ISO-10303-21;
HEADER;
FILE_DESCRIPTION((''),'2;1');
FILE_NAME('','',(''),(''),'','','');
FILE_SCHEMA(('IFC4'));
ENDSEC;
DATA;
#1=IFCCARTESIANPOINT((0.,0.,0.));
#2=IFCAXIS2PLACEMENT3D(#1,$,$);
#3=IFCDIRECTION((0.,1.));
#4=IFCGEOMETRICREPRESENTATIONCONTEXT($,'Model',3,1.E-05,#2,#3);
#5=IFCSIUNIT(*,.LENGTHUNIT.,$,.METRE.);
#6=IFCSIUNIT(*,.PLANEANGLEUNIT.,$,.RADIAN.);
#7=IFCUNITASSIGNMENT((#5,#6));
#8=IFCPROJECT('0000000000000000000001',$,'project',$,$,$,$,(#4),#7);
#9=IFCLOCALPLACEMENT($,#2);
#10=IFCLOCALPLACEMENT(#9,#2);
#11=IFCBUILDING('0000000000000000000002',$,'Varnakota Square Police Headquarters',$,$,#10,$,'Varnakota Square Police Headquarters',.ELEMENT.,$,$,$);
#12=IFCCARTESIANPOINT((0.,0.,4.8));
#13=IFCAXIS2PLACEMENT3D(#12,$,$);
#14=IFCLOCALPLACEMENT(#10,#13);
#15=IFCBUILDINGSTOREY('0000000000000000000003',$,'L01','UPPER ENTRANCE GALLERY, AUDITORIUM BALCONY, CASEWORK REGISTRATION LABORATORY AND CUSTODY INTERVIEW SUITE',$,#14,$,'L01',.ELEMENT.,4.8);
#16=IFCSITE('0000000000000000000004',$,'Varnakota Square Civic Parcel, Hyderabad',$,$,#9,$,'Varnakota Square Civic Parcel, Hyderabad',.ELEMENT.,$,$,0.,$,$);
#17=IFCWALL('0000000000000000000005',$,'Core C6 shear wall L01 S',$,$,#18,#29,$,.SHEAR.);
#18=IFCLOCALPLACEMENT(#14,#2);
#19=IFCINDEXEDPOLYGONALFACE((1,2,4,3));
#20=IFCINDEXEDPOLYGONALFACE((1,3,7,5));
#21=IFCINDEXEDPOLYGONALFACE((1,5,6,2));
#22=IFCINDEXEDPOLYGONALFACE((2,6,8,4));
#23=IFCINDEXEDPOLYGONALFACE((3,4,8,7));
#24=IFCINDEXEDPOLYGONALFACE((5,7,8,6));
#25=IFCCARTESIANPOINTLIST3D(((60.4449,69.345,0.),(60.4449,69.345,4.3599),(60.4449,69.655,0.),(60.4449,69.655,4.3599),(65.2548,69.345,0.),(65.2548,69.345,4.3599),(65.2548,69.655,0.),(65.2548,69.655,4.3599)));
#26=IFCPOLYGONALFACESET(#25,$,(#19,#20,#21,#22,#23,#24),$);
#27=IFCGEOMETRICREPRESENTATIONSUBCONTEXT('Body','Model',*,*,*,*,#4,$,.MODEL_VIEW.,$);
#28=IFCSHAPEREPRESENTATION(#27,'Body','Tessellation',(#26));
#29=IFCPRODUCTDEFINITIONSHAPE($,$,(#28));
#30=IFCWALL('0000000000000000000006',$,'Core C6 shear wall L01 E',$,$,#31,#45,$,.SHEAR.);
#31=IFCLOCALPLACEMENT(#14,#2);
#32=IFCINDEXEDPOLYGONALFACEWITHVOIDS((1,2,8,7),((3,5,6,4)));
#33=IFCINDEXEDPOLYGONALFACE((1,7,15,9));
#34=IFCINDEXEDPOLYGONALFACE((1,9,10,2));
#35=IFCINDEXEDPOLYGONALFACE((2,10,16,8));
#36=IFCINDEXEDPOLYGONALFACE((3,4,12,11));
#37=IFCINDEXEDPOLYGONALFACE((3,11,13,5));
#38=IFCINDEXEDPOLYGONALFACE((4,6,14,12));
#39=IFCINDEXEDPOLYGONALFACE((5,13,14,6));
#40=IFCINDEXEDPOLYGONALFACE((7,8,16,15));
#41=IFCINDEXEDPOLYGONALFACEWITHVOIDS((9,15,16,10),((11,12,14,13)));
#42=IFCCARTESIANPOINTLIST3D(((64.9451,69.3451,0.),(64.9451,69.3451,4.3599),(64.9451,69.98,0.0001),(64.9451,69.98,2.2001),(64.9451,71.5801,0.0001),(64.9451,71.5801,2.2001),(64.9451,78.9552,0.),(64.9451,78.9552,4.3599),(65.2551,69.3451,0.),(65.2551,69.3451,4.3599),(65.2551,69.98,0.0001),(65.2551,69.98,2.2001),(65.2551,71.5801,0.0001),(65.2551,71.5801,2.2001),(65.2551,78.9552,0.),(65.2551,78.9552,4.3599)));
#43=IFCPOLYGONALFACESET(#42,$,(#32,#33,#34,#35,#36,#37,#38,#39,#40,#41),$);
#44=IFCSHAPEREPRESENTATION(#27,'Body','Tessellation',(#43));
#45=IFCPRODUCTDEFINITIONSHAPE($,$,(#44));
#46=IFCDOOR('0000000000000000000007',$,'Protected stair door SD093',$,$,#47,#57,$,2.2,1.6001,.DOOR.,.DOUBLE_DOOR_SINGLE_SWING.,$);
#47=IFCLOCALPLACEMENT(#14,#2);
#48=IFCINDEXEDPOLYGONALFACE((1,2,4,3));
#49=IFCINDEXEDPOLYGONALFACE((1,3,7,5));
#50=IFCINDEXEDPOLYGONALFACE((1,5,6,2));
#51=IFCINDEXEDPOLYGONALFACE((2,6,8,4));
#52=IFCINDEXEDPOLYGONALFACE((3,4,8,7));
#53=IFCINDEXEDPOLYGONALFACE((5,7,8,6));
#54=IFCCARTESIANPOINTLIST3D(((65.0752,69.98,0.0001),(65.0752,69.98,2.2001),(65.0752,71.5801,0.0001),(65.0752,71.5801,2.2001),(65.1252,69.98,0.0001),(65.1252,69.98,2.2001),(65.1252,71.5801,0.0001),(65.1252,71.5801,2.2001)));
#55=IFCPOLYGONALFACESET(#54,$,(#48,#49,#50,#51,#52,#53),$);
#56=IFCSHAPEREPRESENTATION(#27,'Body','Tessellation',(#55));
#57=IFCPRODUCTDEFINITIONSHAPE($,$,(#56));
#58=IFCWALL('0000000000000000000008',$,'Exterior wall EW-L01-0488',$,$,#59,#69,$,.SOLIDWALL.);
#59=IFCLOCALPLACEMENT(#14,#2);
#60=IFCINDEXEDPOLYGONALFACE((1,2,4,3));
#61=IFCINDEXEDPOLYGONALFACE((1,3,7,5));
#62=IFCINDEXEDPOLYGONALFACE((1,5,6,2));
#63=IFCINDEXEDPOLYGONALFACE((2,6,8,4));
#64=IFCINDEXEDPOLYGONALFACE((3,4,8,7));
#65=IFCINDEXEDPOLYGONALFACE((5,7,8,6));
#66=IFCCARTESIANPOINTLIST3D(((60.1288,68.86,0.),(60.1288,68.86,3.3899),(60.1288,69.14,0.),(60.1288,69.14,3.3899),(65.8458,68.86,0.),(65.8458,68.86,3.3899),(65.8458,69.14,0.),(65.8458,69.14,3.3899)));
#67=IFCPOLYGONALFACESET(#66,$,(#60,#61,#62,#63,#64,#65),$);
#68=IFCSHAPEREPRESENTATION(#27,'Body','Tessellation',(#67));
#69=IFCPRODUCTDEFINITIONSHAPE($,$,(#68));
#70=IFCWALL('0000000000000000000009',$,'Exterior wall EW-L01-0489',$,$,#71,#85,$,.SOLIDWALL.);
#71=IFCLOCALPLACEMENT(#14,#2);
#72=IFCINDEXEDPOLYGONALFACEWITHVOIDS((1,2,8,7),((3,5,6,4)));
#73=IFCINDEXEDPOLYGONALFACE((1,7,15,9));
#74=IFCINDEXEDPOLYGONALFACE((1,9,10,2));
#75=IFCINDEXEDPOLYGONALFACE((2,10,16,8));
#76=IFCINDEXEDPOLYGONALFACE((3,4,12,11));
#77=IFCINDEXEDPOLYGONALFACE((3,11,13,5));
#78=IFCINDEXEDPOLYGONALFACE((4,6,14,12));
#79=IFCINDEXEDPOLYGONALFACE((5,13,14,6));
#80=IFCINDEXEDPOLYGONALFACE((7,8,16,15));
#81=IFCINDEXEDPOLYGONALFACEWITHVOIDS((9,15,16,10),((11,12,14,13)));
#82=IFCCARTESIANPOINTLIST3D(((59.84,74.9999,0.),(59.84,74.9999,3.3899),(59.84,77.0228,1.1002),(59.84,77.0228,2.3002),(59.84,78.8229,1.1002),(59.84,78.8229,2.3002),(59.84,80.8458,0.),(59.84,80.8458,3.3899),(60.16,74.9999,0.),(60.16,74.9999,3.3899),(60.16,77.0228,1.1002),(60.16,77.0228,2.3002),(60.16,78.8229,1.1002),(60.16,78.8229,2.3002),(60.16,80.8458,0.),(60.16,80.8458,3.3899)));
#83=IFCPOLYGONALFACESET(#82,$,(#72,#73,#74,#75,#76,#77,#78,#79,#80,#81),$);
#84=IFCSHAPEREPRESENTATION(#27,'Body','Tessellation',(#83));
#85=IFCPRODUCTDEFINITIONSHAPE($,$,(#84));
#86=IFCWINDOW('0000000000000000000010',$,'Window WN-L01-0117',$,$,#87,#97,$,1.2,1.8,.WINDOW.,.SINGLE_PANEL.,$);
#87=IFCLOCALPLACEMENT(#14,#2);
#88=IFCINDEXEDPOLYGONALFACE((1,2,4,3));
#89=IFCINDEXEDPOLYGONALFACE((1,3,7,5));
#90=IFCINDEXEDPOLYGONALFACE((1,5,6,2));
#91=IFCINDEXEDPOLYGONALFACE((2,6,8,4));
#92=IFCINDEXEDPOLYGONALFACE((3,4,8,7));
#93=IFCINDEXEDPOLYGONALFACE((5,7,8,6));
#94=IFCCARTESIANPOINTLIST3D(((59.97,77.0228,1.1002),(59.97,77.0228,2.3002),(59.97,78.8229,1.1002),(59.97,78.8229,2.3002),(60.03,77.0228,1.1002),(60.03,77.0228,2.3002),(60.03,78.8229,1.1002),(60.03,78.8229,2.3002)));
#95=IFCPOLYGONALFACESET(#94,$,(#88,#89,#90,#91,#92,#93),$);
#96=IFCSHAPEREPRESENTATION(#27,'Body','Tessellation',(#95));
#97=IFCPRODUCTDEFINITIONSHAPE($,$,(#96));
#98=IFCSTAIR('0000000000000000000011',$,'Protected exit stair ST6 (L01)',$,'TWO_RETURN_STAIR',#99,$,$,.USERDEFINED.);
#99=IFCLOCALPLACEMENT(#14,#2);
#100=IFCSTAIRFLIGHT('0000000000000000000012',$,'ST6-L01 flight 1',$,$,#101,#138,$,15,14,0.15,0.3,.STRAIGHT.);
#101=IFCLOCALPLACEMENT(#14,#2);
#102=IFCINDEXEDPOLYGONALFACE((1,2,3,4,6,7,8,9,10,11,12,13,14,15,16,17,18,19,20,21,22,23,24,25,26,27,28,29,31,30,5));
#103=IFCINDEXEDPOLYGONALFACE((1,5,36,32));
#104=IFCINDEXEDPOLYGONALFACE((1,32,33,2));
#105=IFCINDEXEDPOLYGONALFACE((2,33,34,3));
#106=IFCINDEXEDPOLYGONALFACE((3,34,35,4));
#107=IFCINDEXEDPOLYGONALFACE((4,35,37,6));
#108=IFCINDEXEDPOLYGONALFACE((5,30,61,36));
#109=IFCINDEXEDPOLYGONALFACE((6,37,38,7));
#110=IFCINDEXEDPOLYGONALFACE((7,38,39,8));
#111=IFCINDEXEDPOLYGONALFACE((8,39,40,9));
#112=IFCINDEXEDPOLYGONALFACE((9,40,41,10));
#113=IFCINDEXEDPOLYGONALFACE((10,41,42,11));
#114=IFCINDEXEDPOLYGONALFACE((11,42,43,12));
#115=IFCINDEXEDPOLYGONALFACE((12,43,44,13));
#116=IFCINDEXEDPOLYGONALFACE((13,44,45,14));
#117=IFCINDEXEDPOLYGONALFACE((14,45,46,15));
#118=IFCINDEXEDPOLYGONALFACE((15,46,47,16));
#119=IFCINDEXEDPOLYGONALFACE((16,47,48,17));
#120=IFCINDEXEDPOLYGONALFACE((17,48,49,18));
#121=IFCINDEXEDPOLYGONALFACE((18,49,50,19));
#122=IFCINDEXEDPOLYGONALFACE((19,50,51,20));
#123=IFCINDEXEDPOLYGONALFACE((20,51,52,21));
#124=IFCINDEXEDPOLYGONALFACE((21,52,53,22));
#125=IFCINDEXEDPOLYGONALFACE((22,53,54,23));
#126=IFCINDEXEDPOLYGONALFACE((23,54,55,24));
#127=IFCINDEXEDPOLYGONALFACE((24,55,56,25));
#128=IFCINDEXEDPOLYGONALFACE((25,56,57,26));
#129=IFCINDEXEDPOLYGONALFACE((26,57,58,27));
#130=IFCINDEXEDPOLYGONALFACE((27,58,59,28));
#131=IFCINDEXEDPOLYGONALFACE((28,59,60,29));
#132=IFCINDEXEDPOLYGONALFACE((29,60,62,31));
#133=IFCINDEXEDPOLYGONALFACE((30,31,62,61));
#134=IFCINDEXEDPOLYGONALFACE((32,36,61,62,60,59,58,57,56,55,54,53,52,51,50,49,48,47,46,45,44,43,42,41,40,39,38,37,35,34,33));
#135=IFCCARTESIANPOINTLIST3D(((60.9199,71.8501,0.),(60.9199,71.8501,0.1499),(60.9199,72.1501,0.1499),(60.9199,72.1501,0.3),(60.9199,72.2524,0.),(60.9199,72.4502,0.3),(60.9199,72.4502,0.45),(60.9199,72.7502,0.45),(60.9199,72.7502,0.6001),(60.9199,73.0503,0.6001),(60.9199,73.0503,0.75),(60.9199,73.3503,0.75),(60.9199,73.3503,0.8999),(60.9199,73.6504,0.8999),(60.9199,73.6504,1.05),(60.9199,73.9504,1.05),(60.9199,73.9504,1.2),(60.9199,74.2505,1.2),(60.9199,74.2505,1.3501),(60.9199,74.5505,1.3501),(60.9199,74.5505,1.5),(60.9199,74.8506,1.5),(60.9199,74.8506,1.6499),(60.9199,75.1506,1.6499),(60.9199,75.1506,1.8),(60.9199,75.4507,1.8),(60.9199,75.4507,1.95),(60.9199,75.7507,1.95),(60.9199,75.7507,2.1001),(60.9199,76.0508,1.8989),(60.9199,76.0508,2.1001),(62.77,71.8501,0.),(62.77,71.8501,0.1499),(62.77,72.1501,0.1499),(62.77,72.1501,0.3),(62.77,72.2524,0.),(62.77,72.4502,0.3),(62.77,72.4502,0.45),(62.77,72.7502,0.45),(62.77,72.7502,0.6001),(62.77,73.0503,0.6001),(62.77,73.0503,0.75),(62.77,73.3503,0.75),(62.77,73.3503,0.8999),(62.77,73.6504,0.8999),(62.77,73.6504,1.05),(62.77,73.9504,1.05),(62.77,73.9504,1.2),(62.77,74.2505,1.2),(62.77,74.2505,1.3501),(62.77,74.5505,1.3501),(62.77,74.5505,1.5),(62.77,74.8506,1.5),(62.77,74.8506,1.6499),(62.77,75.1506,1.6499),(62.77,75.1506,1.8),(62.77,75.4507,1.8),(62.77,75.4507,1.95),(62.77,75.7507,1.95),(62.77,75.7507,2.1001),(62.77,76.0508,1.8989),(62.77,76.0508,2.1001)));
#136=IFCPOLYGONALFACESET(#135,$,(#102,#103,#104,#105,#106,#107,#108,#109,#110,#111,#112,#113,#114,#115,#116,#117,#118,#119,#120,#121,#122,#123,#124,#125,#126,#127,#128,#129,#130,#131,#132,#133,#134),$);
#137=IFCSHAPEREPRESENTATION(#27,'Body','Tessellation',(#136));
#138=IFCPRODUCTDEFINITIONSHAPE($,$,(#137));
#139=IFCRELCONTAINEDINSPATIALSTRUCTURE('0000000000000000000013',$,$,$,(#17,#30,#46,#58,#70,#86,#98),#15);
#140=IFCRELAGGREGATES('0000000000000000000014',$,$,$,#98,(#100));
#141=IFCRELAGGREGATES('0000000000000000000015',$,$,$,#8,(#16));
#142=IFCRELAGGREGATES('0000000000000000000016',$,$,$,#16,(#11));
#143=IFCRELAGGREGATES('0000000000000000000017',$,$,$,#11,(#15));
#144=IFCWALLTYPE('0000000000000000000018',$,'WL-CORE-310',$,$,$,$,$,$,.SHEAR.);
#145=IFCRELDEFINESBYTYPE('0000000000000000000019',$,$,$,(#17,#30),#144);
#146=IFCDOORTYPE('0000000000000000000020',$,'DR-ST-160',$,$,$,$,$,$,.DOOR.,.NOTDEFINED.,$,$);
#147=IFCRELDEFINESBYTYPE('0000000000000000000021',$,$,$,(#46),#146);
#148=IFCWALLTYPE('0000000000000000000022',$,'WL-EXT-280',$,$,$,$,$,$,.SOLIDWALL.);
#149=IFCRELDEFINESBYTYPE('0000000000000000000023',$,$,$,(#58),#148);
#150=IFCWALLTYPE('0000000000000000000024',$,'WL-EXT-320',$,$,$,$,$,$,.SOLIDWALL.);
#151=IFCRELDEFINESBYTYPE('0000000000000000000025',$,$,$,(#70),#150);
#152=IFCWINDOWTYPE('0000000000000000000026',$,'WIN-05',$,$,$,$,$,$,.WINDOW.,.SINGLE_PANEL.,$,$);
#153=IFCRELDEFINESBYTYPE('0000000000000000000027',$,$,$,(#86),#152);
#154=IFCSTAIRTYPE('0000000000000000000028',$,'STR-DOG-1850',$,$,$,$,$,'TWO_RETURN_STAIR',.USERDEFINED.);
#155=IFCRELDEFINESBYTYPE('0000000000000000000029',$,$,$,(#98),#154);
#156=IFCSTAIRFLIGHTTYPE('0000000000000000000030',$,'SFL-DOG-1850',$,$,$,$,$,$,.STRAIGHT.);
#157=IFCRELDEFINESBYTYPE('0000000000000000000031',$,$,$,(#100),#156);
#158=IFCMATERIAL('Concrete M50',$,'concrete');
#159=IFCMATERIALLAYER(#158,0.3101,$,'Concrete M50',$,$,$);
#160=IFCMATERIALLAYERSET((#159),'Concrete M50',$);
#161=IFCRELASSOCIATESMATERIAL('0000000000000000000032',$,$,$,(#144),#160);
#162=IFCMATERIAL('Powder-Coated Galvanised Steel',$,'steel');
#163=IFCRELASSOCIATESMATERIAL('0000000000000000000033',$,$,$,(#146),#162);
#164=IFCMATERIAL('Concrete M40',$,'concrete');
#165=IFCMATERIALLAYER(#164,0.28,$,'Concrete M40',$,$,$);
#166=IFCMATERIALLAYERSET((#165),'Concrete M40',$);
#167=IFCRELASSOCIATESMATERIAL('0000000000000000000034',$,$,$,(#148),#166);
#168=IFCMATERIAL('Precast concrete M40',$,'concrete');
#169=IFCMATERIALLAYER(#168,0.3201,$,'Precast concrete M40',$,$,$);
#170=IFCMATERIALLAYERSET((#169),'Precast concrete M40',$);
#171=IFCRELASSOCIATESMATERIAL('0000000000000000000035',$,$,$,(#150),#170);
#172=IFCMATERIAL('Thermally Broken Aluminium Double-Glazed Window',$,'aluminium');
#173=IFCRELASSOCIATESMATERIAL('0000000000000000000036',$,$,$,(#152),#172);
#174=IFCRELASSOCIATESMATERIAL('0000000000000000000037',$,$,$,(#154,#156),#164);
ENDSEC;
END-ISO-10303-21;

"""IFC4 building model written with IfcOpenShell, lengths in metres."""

from ifc_helpers import new_model, si_unit, direction, frame, frame_2d, origin, place, context, subcontext, project, spatial, polyline, rectangle, outline, extrude, material, layer, layer_set, type_object, element, fill, aggregate, save


model = new_model("IFC4")

# Units and contexts
model_context = context("Model", 3, precision=1e-05, world=origin(), true_north=direction((0.0, 1.0)))
body_context = subcontext(model_context, "Body", "Model", "MODEL_VIEW")
ifc_project = project(units=[si_unit("LENGTHUNIT", "METRE"), si_unit("PLANEANGLEUNIT", "RADIAN")], contexts=[model_context])

# Site, building, storey
site_placement = place(None, origin())
site = spatial("IfcSite", under=ifc_project, at=site_placement, Name="Varnakota Square Civic Parcel, Hyderabad", LongName="Varnakota Square Civic Parcel, Hyderabad", CompositionType="ELEMENT", RefElevation=0.0)
building_placement = place(site_placement, origin())
building = spatial("IfcBuilding", under=site, at=building_placement, Name="Varnakota Square Police Headquarters", LongName="Varnakota Square Police Headquarters", CompositionType="ELEMENT")
storey_placement = place(building_placement, frame((0.0, 0.0, 4.8)))
storey = spatial("IfcBuildingStorey", under=building, at=storey_placement, Name="L01", Description="UPPER ENTRANCE GALLERY, AUDITORIUM BALCONY, CASEWORK REGISTRATION LABORATORY AND CUSTODY INTERVIEW SUITE", LongName="L01", CompositionType="ELEMENT", Elevation=4.8)

# Wall
ifc_material_1 = material(Name="Concrete M50", Category="concrete")
ifc_layer_1 = layer(ifc_material_1, 0.3101, Name="Concrete M50")
ifc_layer_set_1 = layer_set([ifc_layer_1], Name="Concrete M50")
wall_type_1 = type_object("IfcWallType", Name="WL-CORE-310", PredefinedType="SHEAR", material=ifc_layer_set_1)
wall_1_placement = place(storey_placement, frame((60.4451, 69.5, 0.0), z_axis=(0.0, 0.0, 1.0), x_axis=(1.0, 0.0, 0.0)))
element("IfcWall", 1, at=wall_1_placement, inside=storey, type_object=wall_type_1, Name="Core C6 shear wall L01 S", PredefinedType="SHEAR", context=body_context, shape_type="SweptSolid", body=[
    extrude(rectangle(XDim=4.8098, YDim=0.3101, at=frame_2d((2.4048, 0.0))), origin(), (0.0, 0.0, 1.0), 4.3599),
])

# Wall, opening, door
wall_2_placement = place(storey_placement, frame((65.1001, 69.345, 0.0), z_axis=(0.0, 0.0, 1.0), x_axis=(0.0, 1.0, 0.0)))
wall_2 = element("IfcWall", 2, at=wall_2_placement, inside=storey, type_object=wall_type_1, Name="Core C6 shear wall L01 E", PredefinedType="SHEAR", context=body_context, shape_type="SweptSolid", body=[
    extrude(rectangle(XDim=9.6101, YDim=0.3101, at=frame_2d((4.8052, 0.0))), origin(), (0.0, 0.0, 1.0), 4.3599),
])
opening_1_placement = place(wall_2_placement, frame((0.635, 0.0, 0.0)))
opening_1 = element("IfcOpeningElement", 3, at=opening_1_placement, cuts=wall_2, PredefinedType="OPENING", context=body_context, shape_type="SweptSolid", body=[
    extrude(rectangle(XDim=1.6001, YDim=2.2, at=frame_2d((0.8, 1.1001))), frame((0.0, 0.165, 0.0), z_axis=(0.0, -1.0, 0.0), x_axis=(1.0, 0.0, 0.0)), (0.0, 0.0, 1.0), 0.3301),
])
ifc_material_2 = material(Name="Powder-Coated Galvanised Steel", Category="steel")
door_type = type_object("IfcDoorType", Name="DR-ST-160", OperationType="NOTDEFINED", PredefinedType="DOOR", material=ifc_material_2)
door_placement = place(opening_1_placement, origin())
door = element("IfcDoor", 4, at=door_placement, inside=storey, type_object=door_type, Name="Protected stair door SD093", OperationType="DOUBLE_DOOR_SINGLE_SWING", OverallHeight=2.2, OverallWidth=1.6001, PredefinedType="DOOR", context=body_context, shape_type="SweptSolid", body=[
    extrude(rectangle(XDim=1.6001, YDim=2.2, at=frame_2d((0.8, 1.1001))), frame((0.0, 0.0249, 0.0), z_axis=(0.0, -1.0, 0.0), x_axis=(1.0, 0.0, 0.0)), (0.0, 0.0, 1.0), 0.05),
])
fill(opening_1, door)

# Wall
ifc_material_3 = material(Name="Concrete M40", Category="concrete")
ifc_layer_2 = layer(ifc_material_3, 0.28, Name="Concrete M40")
ifc_layer_set_2 = layer_set([ifc_layer_2], Name="Concrete M40")
wall_type_2 = type_object("IfcWallType", Name="WL-EXT-280", PredefinedType="SOLIDWALL", material=ifc_layer_set_2)
wall_3_placement = place(storey_placement, frame((60.1289, 69.0, 0.0), z_axis=(0.0, 0.0, 1.0), x_axis=(1.0, 0.0, 0.0)))
element("IfcWall", 5, at=wall_3_placement, inside=storey, type_object=wall_type_2, Name="Exterior wall EW-L01-0488", PredefinedType="SOLIDWALL", context=body_context, shape_type="SweptSolid", body=[
    extrude(rectangle(XDim=5.717, YDim=0.28, at=frame_2d((2.8584, 0.0))), origin(), (0.0, 0.0, 1.0), 3.3899),
])

# Wall, opening, window
ifc_material_4 = material(Name="Precast concrete M40", Category="concrete")
ifc_layer_3 = layer(ifc_material_4, 0.3201, Name="Precast concrete M40")
ifc_layer_set_3 = layer_set([ifc_layer_3], Name="Precast concrete M40")
wall_type_3 = type_object("IfcWallType", Name="WL-EXT-320", PredefinedType="SOLIDWALL", material=ifc_layer_set_3)
wall_4_placement = place(storey_placement, frame((60.0, 75.0, 0.0), z_axis=(0.0, 0.0, 1.0), x_axis=(0.0, 1.0, 0.0)))
wall_4 = element("IfcWall", 6, at=wall_4_placement, inside=storey, type_object=wall_type_3, Name="Exterior wall EW-L01-0489", PredefinedType="SOLIDWALL", context=body_context, shape_type="SweptSolid", body=[
    extrude(rectangle(XDim=5.8459, YDim=0.3201, at=frame_2d((2.9229, 0.0))), origin(), (0.0, 0.0, 1.0), 3.3899),
])
opening_2_placement = place(wall_4_placement, frame((2.0229, 0.0, 1.1001)))
opening_2 = element("IfcOpeningElement", 7, at=opening_2_placement, cuts=wall_4, PredefinedType="OPENING", context=body_context, shape_type="SweptSolid", body=[
    extrude(rectangle(XDim=1.8, YDim=1.2, at=frame_2d((0.8999, 0.6001))), frame((0.0, 0.1699, 0.0), z_axis=(0.0, -1.0, 0.0), x_axis=(1.0, 0.0, 0.0)), (0.0, 0.0, 1.0), 0.3401),
])
ifc_material_5 = material(Name="Thermally Broken Aluminium Double-Glazed Window", Category="aluminium")
window_type = type_object("IfcWindowType", Name="WIN-05", PartitioningType="SINGLE_PANEL", PredefinedType="WINDOW", material=ifc_material_5)
window_placement = place(opening_2_placement, origin())
window = element("IfcWindow", 8, at=window_placement, inside=storey, type_object=window_type, Name="Window WN-L01-0117", OverallHeight=1.2, OverallWidth=1.8, PartitioningType="SINGLE_PANEL", PredefinedType="WINDOW", context=body_context, shape_type="SweptSolid", body=[
    extrude(rectangle(XDim=1.8, YDim=1.2, at=frame_2d((0.8999, 0.6001))), frame((0.0, 0.03, 0.0), z_axis=(0.0, -1.0, 0.0), x_axis=(1.0, 0.0, 0.0)), (0.0, 0.0, 1.0), 0.0601),
])
fill(opening_2, window)

# Stair, stair flight
stair_type = type_object("IfcStairType", Name="STR-DOG-1850", ElementType="TWO_RETURN_STAIR", PredefinedType="USERDEFINED", material=ifc_material_3)
stair_placement = place(storey_placement, origin())
stair = element("IfcStair", 9, at=stair_placement, inside=storey, type_object=stair_type, Name="Protected exit stair ST6 (L01)", ObjectType="TWO_RETURN_STAIR", PredefinedType="USERDEFINED")
stair_flight_type = type_object("IfcStairFlightType", Name="SFL-DOG-1850", PredefinedType="STRAIGHT", material=ifc_material_3)
stair_flight_1_placement = place(storey_placement, frame((61.845, 71.8501, 0.0), z_axis=(0.0, 0.0, 1.0), x_axis=(0.0, 1.0, 0.0)))
stair_flight_1 = element("IfcStairFlight", 10, at=stair_flight_1_placement, type_object=stair_flight_type, Name="ST6-L01 flight 1", NumberOfRisers=15, NumberOfTreads=14, PredefinedType="STRAIGHT", RiserHeight=0.15, TreadLength=0.3, context=body_context, shape_type="SweptSolid", body=[
    extrude(outline(polyline([(0.0, 0.0), (0.0, 0.1499), (0.3, 0.1499), (0.3, 0.3), (0.6001, 0.3), (0.6001, 0.45), (0.9001, 0.45), (0.9001, 0.6001), (1.2002, 0.6001), (1.2002, 0.75), (1.5002, 0.75), (1.5002, 0.8999), (1.8003, 0.8999), (1.8003, 1.05), (2.1003, 1.05), (2.1003, 1.2), (2.4004, 1.2), (2.4004, 1.3501), (2.7004, 1.3501), (2.7004, 1.5), (3.0005, 1.5), (3.0005, 1.6499), (3.3005, 1.6499), (3.3005, 1.8), (3.6006, 1.8), (3.6006, 1.95), (3.9006, 1.95), (3.9006, 2.1001), (4.2007, 2.1001), (4.2007, 2.25), (4.2007, 1.8989), (0.4023, 0.0), (0.0, 0.0)])), frame((0.0, 0.925, 0.0), z_axis=(0.0, -1.0, 0.0), x_axis=(1.0, 0.0, 0.0)), (0.0, 0.0, 1.0), 1.8501),
])
aggregate(stair, [stair_flight_1])

save(model, "model.ifc")
